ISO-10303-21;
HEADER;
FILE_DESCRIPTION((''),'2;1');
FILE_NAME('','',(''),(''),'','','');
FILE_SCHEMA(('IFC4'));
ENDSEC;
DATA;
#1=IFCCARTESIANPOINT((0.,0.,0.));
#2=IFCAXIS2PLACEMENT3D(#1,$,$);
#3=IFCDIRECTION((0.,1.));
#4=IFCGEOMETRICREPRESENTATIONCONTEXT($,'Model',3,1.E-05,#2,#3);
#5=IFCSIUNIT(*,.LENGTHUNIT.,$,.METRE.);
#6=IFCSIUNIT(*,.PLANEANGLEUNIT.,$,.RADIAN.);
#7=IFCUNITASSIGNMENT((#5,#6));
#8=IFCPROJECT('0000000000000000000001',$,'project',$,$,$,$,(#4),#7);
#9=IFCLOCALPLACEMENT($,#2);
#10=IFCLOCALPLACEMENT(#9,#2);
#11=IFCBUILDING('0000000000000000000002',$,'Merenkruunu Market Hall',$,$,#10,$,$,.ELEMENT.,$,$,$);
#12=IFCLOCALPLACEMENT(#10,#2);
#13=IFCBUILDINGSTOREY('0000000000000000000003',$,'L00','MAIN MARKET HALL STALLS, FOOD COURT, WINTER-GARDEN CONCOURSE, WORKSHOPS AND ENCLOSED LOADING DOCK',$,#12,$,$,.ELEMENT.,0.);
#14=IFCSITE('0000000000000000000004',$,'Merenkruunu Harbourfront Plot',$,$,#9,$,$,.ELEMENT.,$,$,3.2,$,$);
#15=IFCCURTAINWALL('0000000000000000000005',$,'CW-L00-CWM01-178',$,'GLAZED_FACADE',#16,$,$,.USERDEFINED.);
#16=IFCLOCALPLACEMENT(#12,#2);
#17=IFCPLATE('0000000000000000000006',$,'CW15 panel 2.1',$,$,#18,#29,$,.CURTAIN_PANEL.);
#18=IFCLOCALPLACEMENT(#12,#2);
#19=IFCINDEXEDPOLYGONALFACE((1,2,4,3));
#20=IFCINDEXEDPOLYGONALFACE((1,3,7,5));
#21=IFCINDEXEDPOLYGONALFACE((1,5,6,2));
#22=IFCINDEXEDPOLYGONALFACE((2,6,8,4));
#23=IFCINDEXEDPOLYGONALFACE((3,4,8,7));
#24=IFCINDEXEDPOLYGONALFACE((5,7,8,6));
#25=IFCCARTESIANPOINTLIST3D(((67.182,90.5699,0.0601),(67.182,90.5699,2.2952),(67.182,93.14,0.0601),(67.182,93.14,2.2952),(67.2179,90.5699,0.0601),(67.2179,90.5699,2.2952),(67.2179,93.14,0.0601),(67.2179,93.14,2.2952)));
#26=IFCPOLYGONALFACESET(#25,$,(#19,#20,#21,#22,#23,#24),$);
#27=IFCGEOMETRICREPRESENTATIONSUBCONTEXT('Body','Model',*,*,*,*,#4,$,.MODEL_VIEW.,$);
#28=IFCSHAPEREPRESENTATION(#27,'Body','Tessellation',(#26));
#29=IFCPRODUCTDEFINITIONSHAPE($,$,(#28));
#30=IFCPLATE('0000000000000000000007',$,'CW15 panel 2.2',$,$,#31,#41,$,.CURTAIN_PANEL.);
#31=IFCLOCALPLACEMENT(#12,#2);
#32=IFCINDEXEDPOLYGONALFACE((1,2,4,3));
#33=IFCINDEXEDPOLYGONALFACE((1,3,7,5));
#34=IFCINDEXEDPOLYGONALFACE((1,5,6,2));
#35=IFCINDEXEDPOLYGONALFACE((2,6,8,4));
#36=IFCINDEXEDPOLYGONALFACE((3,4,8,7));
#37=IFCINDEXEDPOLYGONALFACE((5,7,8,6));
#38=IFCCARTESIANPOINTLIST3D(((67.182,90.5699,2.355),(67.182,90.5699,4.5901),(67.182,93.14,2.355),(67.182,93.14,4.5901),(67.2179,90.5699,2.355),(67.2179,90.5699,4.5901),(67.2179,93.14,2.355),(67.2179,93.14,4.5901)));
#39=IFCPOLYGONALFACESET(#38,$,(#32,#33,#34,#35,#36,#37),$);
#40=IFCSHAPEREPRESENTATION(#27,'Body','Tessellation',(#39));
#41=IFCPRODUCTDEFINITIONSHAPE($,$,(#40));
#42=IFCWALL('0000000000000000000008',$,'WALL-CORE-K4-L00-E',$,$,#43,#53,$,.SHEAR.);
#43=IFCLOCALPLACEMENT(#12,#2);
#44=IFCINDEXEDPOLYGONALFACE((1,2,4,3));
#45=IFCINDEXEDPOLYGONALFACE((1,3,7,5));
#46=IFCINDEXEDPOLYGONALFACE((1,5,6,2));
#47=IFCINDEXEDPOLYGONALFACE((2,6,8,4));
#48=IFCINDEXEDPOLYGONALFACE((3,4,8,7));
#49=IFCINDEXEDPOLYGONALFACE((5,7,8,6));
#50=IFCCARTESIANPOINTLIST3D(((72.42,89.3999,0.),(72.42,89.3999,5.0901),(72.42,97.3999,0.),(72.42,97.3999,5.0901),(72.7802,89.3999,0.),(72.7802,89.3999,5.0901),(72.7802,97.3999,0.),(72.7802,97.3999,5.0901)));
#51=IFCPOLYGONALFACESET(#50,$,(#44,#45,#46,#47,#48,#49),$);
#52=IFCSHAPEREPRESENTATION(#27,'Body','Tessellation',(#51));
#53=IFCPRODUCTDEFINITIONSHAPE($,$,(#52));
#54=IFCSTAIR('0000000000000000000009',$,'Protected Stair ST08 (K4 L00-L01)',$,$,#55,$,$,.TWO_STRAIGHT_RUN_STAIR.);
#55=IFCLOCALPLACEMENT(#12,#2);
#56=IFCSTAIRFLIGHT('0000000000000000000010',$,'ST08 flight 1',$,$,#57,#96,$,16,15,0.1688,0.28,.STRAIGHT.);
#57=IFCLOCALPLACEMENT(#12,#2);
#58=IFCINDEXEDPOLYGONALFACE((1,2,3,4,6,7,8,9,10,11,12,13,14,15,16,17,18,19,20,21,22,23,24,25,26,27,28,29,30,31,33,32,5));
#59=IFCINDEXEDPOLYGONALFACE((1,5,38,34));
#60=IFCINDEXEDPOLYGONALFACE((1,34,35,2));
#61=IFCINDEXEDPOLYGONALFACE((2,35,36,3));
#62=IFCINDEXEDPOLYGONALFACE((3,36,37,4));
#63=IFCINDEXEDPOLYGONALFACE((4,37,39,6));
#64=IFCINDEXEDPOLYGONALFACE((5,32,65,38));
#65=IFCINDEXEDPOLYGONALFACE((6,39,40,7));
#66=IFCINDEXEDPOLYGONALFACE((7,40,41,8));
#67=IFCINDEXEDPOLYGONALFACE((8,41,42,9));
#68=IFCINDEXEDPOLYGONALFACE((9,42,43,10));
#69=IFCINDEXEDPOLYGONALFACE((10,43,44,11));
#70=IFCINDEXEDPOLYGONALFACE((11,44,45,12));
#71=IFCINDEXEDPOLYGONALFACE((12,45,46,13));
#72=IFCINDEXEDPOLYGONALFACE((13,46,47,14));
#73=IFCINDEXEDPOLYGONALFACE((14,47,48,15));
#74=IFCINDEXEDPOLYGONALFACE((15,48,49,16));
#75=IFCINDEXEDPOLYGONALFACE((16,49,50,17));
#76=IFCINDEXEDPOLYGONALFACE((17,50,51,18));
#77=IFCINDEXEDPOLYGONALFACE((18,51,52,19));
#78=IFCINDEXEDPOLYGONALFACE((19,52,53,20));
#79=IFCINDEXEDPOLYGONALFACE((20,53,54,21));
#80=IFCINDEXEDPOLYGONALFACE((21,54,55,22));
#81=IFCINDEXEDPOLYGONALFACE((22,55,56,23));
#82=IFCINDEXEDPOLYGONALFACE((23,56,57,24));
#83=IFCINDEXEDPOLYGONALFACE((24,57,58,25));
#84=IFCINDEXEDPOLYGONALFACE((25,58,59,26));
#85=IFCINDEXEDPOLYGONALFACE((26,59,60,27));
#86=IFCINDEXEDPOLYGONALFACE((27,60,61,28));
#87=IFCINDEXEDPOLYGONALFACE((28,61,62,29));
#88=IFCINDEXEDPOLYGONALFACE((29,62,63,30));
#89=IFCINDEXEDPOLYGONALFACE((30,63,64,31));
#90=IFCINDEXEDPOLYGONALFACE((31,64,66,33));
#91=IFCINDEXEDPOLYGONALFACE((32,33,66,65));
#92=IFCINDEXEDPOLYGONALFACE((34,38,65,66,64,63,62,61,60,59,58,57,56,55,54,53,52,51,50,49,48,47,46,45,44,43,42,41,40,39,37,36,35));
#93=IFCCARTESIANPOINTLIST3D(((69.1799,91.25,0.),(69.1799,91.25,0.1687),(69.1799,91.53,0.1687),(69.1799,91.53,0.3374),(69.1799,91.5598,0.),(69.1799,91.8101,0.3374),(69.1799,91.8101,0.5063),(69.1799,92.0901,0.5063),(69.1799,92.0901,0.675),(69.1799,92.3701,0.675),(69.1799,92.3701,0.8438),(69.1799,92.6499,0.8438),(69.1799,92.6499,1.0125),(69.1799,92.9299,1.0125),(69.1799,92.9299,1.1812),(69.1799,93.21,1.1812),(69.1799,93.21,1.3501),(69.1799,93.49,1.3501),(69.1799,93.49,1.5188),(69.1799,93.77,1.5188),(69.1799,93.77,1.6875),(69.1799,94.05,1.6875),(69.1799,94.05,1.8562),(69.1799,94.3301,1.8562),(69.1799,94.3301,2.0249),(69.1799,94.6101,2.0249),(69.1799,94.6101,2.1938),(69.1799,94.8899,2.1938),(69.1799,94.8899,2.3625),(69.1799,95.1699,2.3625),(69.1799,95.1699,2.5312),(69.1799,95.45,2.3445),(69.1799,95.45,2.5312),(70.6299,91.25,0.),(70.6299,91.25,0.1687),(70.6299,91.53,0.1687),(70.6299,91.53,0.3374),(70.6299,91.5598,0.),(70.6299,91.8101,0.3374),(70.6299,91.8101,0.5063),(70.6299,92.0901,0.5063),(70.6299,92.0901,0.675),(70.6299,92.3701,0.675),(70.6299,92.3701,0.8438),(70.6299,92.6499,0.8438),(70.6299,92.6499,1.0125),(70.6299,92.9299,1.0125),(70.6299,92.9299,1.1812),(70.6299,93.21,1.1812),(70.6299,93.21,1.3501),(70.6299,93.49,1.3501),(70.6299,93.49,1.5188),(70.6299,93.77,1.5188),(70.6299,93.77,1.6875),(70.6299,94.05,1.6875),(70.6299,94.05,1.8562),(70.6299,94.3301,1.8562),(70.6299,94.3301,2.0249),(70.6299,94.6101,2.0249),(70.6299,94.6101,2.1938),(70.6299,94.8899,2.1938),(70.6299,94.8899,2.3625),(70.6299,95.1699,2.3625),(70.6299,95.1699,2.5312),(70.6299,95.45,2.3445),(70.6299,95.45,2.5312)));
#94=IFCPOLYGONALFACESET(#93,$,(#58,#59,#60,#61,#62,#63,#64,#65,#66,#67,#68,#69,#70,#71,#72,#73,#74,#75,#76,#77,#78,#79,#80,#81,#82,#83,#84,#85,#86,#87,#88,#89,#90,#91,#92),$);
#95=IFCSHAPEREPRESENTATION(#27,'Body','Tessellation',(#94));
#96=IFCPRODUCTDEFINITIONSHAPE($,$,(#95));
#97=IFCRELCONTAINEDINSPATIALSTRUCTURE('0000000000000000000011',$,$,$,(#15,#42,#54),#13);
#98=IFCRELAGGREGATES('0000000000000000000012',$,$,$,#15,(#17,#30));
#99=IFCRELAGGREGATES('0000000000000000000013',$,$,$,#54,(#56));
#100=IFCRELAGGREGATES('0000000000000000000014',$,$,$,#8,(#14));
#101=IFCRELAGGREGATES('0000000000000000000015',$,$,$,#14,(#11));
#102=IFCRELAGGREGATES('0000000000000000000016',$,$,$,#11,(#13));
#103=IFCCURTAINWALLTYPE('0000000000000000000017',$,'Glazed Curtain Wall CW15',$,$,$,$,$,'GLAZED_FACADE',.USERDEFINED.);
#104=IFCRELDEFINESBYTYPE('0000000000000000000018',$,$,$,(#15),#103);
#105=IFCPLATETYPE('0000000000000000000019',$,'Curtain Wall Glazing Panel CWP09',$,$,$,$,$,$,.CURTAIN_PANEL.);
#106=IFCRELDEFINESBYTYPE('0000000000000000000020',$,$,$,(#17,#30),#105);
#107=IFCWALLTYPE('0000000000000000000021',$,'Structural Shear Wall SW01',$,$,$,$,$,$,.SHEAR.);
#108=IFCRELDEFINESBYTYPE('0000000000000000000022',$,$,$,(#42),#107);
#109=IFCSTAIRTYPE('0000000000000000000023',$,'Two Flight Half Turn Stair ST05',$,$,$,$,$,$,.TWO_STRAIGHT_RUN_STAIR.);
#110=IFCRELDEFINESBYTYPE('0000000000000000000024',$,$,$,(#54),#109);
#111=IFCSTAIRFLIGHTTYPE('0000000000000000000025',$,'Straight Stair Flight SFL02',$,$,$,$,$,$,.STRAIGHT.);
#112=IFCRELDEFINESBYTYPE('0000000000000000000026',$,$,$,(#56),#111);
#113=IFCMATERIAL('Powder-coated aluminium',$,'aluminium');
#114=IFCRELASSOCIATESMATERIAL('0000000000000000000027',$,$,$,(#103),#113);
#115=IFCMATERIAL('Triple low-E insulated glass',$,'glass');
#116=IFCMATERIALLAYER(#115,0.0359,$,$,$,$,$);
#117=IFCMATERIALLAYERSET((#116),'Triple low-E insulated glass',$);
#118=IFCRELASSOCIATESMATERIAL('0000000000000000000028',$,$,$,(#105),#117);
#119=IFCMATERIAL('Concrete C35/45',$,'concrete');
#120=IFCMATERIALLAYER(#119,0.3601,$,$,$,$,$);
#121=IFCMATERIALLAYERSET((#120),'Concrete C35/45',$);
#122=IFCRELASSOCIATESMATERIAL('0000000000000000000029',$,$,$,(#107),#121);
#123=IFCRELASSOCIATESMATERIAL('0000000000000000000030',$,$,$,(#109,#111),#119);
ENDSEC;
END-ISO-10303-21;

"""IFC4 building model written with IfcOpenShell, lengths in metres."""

from ifc_helpers import new_model, si_unit, direction, frame, frame_2d, origin, origin_2d, place, context, subcontext, project, spatial, polyline, rectangle, outline, extrude, material, layer, layer_set, type_object, element, aggregate, save


model = new_model("IFC4")

# Units and contexts
model_context = context("Model", 3, precision=1e-05, world=origin(), true_north=direction((0.0, 1.0)))
body_context = subcontext(model_context, "Body", "Model", "MODEL_VIEW")
ifc_project = project(units=[si_unit("LENGTHUNIT", "METRE"), si_unit("PLANEANGLEUNIT", "RADIAN")], contexts=[model_context])

# Site, building, storey
site_placement = place(None, origin())
site = spatial("IfcSite", under=ifc_project, at=site_placement, Name="Merenkruunu Harbourfront Plot", CompositionType="ELEMENT", RefElevation=3.2)
building_placement = place(site_placement, origin())
building = spatial("IfcBuilding", under=site, at=building_placement, Name="Merenkruunu Market Hall", CompositionType="ELEMENT")
storey_placement = place(building_placement, origin())
storey = spatial("IfcBuildingStorey", under=building, at=storey_placement, Name="L00", Description="MAIN MARKET HALL STALLS, FOOD COURT, WINTER-GARDEN CONCOURSE, WORKSHOPS AND ENCLOSED LOADING DOCK", CompositionType="ELEMENT", Elevation=0.0)

# Curtain wall, plates
ifc_material_1 = material(Name="Powder-coated aluminium", Category="aluminium")
curtain_wall_type = type_object("IfcCurtainWallType", Name="Glazed Curtain Wall CW15", ElementType="GLAZED_FACADE", PredefinedType="USERDEFINED", material=ifc_material_1)
curtain_wall_placement = place(storey_placement, origin())
curtain_wall = element("IfcCurtainWall", 1, at=curtain_wall_placement, inside=storey, type_object=curtain_wall_type, Name="CW-L00-CWM01-178", ObjectType="GLAZED_FACADE", PredefinedType="USERDEFINED")
ifc_material_2 = material(Name="Triple low-E insulated glass", Category="glass")
ifc_layer_1 = layer(ifc_material_2, 0.0359)
ifc_layer_set_1 = layer_set([ifc_layer_1], Name="Triple low-E insulated glass")
plate_type = type_object("IfcPlateType", Name="Curtain Wall Glazing Panel CWP09", PredefinedType="CURTAIN_PANEL", material=ifc_layer_set_1)
plate_1_placement = place(storey_placement, frame((67.2, 91.855, 0.0601), z_axis=(0.0, 0.0, 1.0), x_axis=(0.0, 1.0, 0.0)))
plate_1 = element("IfcPlate", 2, at=plate_1_placement, type_object=plate_type, Name="CW15 panel 2.1", PredefinedType="CURTAIN_PANEL", context=body_context, shape_type="SweptSolid", body=[
    extrude(rectangle(XDim=2.5701, YDim=0.0359, at=origin_2d()), origin(), (0.0, 0.0, 1.0), 2.2351),
])
plate_2_placement = place(storey_placement, frame((67.2, 91.855, 2.355), z_axis=(0.0, 0.0, 1.0), x_axis=(0.0, 1.0, 0.0)))
plate_2 = element("IfcPlate", 3, at=plate_2_placement, type_object=plate_type, Name="CW15 panel 2.2", PredefinedType="CURTAIN_PANEL", context=body_context, shape_type="SweptSolid", body=[
    extrude(rectangle(XDim=2.5701, YDim=0.0359, at=origin_2d()), origin(), (0.0, 0.0, 1.0), 2.2351),
])
aggregate(curtain_wall, [plate_1, plate_2])

# Shared definitions
ifc_material_3 = material(Name="Concrete C35/45", Category="concrete")
ifc_layer_2 = layer(ifc_material_3, 0.3601)
ifc_layer_set_2 = layer_set([ifc_layer_2], Name="Concrete C35/45")
wall_type = type_object("IfcWallType", Name="Structural Shear Wall SW01", PredefinedType="SHEAR", material=ifc_layer_set_2)

# Wall
wall_1_placement = place(storey_placement, frame((72.6001, 89.3999, 0.0), z_axis=(0.0, 0.0, 1.0), x_axis=(0.0, 1.0, 0.0)))
element("IfcWall", 4, at=wall_1_placement, inside=storey, type_object=wall_type, Name="WALL-CORE-K4-L00-E", PredefinedType="SHEAR", context=body_context, shape_type="SweptSolid", body=[
    extrude(rectangle(XDim=8.0, YDim=0.3601, at=frame_2d((4.0, 0.0))), origin(), (0.0, 0.0, 1.0), 5.0901),
])

# Stair, stair flight
stair_type = type_object("IfcStairType", Name="Two Flight Half Turn Stair ST05", PredefinedType="TWO_STRAIGHT_RUN_STAIR", material=ifc_material_3)
stair_placement = place(storey_placement, origin())
stair = element("IfcStair", 5, at=stair_placement, inside=storey, type_object=stair_type, Name="Protected Stair ST08 (K4 L00-L01)", PredefinedType="TWO_STRAIGHT_RUN_STAIR")
stair_flight_type = type_object("IfcStairFlightType", Name="Straight Stair Flight SFL02", PredefinedType="STRAIGHT", material=ifc_material_3)
stair_flight_placement = place(storey_placement, frame((69.905, 91.25, 0.0), z_axis=(0.0, 0.0, 1.0), x_axis=(0.0, 1.0, 0.0)))
stair_flight = element("IfcStairFlight", 6, at=stair_flight_placement, type_object=stair_flight_type, Name="ST08 flight 1", NumberOfRisers=16, NumberOfTreads=15, PredefinedType="STRAIGHT", RiserHeight=0.1688, TreadLength=0.28, context=body_context, shape_type="SweptSolid", body=[
    extrude(outline(polyline([(0.0, 0.0), (0.0, 0.1687), (0.28, 0.1687), (0.28, 0.3374), (0.5601, 0.3374), (0.5601, 0.5063), (0.8401, 0.5063), (0.8401, 0.675), (1.1201, 0.675), (1.1201, 0.8438), (1.3999, 0.8438), (1.3999, 1.0125), (1.6799, 1.0125), (1.6799, 1.1812), (1.96, 1.1812), (1.96, 1.3501), (2.24, 1.3501), (2.24, 1.5188), (2.52, 1.5188), (2.52, 1.6875), (2.8, 1.6875), (2.8, 1.8562), (3.0801, 1.8562), (3.0801, 2.0249), (3.3601, 2.0249), (3.3601, 2.1938), (3.6399, 2.1938), (3.6399, 2.3625), (3.9199, 2.3625), (3.9199, 2.5312), (4.2, 2.5312), (4.2, 2.7), (4.2, 2.3445), (0.3098, 0.0), (0.0, 0.0)])), frame((0.0, 0.7251, 0.0), z_axis=(0.0, -1.0, 0.0), x_axis=(1.0, 0.0, 0.0)), (0.0, 0.0, 1.0), 1.45),
])
aggregate(stair, [stair_flight])

save(model, "model.ifc")
